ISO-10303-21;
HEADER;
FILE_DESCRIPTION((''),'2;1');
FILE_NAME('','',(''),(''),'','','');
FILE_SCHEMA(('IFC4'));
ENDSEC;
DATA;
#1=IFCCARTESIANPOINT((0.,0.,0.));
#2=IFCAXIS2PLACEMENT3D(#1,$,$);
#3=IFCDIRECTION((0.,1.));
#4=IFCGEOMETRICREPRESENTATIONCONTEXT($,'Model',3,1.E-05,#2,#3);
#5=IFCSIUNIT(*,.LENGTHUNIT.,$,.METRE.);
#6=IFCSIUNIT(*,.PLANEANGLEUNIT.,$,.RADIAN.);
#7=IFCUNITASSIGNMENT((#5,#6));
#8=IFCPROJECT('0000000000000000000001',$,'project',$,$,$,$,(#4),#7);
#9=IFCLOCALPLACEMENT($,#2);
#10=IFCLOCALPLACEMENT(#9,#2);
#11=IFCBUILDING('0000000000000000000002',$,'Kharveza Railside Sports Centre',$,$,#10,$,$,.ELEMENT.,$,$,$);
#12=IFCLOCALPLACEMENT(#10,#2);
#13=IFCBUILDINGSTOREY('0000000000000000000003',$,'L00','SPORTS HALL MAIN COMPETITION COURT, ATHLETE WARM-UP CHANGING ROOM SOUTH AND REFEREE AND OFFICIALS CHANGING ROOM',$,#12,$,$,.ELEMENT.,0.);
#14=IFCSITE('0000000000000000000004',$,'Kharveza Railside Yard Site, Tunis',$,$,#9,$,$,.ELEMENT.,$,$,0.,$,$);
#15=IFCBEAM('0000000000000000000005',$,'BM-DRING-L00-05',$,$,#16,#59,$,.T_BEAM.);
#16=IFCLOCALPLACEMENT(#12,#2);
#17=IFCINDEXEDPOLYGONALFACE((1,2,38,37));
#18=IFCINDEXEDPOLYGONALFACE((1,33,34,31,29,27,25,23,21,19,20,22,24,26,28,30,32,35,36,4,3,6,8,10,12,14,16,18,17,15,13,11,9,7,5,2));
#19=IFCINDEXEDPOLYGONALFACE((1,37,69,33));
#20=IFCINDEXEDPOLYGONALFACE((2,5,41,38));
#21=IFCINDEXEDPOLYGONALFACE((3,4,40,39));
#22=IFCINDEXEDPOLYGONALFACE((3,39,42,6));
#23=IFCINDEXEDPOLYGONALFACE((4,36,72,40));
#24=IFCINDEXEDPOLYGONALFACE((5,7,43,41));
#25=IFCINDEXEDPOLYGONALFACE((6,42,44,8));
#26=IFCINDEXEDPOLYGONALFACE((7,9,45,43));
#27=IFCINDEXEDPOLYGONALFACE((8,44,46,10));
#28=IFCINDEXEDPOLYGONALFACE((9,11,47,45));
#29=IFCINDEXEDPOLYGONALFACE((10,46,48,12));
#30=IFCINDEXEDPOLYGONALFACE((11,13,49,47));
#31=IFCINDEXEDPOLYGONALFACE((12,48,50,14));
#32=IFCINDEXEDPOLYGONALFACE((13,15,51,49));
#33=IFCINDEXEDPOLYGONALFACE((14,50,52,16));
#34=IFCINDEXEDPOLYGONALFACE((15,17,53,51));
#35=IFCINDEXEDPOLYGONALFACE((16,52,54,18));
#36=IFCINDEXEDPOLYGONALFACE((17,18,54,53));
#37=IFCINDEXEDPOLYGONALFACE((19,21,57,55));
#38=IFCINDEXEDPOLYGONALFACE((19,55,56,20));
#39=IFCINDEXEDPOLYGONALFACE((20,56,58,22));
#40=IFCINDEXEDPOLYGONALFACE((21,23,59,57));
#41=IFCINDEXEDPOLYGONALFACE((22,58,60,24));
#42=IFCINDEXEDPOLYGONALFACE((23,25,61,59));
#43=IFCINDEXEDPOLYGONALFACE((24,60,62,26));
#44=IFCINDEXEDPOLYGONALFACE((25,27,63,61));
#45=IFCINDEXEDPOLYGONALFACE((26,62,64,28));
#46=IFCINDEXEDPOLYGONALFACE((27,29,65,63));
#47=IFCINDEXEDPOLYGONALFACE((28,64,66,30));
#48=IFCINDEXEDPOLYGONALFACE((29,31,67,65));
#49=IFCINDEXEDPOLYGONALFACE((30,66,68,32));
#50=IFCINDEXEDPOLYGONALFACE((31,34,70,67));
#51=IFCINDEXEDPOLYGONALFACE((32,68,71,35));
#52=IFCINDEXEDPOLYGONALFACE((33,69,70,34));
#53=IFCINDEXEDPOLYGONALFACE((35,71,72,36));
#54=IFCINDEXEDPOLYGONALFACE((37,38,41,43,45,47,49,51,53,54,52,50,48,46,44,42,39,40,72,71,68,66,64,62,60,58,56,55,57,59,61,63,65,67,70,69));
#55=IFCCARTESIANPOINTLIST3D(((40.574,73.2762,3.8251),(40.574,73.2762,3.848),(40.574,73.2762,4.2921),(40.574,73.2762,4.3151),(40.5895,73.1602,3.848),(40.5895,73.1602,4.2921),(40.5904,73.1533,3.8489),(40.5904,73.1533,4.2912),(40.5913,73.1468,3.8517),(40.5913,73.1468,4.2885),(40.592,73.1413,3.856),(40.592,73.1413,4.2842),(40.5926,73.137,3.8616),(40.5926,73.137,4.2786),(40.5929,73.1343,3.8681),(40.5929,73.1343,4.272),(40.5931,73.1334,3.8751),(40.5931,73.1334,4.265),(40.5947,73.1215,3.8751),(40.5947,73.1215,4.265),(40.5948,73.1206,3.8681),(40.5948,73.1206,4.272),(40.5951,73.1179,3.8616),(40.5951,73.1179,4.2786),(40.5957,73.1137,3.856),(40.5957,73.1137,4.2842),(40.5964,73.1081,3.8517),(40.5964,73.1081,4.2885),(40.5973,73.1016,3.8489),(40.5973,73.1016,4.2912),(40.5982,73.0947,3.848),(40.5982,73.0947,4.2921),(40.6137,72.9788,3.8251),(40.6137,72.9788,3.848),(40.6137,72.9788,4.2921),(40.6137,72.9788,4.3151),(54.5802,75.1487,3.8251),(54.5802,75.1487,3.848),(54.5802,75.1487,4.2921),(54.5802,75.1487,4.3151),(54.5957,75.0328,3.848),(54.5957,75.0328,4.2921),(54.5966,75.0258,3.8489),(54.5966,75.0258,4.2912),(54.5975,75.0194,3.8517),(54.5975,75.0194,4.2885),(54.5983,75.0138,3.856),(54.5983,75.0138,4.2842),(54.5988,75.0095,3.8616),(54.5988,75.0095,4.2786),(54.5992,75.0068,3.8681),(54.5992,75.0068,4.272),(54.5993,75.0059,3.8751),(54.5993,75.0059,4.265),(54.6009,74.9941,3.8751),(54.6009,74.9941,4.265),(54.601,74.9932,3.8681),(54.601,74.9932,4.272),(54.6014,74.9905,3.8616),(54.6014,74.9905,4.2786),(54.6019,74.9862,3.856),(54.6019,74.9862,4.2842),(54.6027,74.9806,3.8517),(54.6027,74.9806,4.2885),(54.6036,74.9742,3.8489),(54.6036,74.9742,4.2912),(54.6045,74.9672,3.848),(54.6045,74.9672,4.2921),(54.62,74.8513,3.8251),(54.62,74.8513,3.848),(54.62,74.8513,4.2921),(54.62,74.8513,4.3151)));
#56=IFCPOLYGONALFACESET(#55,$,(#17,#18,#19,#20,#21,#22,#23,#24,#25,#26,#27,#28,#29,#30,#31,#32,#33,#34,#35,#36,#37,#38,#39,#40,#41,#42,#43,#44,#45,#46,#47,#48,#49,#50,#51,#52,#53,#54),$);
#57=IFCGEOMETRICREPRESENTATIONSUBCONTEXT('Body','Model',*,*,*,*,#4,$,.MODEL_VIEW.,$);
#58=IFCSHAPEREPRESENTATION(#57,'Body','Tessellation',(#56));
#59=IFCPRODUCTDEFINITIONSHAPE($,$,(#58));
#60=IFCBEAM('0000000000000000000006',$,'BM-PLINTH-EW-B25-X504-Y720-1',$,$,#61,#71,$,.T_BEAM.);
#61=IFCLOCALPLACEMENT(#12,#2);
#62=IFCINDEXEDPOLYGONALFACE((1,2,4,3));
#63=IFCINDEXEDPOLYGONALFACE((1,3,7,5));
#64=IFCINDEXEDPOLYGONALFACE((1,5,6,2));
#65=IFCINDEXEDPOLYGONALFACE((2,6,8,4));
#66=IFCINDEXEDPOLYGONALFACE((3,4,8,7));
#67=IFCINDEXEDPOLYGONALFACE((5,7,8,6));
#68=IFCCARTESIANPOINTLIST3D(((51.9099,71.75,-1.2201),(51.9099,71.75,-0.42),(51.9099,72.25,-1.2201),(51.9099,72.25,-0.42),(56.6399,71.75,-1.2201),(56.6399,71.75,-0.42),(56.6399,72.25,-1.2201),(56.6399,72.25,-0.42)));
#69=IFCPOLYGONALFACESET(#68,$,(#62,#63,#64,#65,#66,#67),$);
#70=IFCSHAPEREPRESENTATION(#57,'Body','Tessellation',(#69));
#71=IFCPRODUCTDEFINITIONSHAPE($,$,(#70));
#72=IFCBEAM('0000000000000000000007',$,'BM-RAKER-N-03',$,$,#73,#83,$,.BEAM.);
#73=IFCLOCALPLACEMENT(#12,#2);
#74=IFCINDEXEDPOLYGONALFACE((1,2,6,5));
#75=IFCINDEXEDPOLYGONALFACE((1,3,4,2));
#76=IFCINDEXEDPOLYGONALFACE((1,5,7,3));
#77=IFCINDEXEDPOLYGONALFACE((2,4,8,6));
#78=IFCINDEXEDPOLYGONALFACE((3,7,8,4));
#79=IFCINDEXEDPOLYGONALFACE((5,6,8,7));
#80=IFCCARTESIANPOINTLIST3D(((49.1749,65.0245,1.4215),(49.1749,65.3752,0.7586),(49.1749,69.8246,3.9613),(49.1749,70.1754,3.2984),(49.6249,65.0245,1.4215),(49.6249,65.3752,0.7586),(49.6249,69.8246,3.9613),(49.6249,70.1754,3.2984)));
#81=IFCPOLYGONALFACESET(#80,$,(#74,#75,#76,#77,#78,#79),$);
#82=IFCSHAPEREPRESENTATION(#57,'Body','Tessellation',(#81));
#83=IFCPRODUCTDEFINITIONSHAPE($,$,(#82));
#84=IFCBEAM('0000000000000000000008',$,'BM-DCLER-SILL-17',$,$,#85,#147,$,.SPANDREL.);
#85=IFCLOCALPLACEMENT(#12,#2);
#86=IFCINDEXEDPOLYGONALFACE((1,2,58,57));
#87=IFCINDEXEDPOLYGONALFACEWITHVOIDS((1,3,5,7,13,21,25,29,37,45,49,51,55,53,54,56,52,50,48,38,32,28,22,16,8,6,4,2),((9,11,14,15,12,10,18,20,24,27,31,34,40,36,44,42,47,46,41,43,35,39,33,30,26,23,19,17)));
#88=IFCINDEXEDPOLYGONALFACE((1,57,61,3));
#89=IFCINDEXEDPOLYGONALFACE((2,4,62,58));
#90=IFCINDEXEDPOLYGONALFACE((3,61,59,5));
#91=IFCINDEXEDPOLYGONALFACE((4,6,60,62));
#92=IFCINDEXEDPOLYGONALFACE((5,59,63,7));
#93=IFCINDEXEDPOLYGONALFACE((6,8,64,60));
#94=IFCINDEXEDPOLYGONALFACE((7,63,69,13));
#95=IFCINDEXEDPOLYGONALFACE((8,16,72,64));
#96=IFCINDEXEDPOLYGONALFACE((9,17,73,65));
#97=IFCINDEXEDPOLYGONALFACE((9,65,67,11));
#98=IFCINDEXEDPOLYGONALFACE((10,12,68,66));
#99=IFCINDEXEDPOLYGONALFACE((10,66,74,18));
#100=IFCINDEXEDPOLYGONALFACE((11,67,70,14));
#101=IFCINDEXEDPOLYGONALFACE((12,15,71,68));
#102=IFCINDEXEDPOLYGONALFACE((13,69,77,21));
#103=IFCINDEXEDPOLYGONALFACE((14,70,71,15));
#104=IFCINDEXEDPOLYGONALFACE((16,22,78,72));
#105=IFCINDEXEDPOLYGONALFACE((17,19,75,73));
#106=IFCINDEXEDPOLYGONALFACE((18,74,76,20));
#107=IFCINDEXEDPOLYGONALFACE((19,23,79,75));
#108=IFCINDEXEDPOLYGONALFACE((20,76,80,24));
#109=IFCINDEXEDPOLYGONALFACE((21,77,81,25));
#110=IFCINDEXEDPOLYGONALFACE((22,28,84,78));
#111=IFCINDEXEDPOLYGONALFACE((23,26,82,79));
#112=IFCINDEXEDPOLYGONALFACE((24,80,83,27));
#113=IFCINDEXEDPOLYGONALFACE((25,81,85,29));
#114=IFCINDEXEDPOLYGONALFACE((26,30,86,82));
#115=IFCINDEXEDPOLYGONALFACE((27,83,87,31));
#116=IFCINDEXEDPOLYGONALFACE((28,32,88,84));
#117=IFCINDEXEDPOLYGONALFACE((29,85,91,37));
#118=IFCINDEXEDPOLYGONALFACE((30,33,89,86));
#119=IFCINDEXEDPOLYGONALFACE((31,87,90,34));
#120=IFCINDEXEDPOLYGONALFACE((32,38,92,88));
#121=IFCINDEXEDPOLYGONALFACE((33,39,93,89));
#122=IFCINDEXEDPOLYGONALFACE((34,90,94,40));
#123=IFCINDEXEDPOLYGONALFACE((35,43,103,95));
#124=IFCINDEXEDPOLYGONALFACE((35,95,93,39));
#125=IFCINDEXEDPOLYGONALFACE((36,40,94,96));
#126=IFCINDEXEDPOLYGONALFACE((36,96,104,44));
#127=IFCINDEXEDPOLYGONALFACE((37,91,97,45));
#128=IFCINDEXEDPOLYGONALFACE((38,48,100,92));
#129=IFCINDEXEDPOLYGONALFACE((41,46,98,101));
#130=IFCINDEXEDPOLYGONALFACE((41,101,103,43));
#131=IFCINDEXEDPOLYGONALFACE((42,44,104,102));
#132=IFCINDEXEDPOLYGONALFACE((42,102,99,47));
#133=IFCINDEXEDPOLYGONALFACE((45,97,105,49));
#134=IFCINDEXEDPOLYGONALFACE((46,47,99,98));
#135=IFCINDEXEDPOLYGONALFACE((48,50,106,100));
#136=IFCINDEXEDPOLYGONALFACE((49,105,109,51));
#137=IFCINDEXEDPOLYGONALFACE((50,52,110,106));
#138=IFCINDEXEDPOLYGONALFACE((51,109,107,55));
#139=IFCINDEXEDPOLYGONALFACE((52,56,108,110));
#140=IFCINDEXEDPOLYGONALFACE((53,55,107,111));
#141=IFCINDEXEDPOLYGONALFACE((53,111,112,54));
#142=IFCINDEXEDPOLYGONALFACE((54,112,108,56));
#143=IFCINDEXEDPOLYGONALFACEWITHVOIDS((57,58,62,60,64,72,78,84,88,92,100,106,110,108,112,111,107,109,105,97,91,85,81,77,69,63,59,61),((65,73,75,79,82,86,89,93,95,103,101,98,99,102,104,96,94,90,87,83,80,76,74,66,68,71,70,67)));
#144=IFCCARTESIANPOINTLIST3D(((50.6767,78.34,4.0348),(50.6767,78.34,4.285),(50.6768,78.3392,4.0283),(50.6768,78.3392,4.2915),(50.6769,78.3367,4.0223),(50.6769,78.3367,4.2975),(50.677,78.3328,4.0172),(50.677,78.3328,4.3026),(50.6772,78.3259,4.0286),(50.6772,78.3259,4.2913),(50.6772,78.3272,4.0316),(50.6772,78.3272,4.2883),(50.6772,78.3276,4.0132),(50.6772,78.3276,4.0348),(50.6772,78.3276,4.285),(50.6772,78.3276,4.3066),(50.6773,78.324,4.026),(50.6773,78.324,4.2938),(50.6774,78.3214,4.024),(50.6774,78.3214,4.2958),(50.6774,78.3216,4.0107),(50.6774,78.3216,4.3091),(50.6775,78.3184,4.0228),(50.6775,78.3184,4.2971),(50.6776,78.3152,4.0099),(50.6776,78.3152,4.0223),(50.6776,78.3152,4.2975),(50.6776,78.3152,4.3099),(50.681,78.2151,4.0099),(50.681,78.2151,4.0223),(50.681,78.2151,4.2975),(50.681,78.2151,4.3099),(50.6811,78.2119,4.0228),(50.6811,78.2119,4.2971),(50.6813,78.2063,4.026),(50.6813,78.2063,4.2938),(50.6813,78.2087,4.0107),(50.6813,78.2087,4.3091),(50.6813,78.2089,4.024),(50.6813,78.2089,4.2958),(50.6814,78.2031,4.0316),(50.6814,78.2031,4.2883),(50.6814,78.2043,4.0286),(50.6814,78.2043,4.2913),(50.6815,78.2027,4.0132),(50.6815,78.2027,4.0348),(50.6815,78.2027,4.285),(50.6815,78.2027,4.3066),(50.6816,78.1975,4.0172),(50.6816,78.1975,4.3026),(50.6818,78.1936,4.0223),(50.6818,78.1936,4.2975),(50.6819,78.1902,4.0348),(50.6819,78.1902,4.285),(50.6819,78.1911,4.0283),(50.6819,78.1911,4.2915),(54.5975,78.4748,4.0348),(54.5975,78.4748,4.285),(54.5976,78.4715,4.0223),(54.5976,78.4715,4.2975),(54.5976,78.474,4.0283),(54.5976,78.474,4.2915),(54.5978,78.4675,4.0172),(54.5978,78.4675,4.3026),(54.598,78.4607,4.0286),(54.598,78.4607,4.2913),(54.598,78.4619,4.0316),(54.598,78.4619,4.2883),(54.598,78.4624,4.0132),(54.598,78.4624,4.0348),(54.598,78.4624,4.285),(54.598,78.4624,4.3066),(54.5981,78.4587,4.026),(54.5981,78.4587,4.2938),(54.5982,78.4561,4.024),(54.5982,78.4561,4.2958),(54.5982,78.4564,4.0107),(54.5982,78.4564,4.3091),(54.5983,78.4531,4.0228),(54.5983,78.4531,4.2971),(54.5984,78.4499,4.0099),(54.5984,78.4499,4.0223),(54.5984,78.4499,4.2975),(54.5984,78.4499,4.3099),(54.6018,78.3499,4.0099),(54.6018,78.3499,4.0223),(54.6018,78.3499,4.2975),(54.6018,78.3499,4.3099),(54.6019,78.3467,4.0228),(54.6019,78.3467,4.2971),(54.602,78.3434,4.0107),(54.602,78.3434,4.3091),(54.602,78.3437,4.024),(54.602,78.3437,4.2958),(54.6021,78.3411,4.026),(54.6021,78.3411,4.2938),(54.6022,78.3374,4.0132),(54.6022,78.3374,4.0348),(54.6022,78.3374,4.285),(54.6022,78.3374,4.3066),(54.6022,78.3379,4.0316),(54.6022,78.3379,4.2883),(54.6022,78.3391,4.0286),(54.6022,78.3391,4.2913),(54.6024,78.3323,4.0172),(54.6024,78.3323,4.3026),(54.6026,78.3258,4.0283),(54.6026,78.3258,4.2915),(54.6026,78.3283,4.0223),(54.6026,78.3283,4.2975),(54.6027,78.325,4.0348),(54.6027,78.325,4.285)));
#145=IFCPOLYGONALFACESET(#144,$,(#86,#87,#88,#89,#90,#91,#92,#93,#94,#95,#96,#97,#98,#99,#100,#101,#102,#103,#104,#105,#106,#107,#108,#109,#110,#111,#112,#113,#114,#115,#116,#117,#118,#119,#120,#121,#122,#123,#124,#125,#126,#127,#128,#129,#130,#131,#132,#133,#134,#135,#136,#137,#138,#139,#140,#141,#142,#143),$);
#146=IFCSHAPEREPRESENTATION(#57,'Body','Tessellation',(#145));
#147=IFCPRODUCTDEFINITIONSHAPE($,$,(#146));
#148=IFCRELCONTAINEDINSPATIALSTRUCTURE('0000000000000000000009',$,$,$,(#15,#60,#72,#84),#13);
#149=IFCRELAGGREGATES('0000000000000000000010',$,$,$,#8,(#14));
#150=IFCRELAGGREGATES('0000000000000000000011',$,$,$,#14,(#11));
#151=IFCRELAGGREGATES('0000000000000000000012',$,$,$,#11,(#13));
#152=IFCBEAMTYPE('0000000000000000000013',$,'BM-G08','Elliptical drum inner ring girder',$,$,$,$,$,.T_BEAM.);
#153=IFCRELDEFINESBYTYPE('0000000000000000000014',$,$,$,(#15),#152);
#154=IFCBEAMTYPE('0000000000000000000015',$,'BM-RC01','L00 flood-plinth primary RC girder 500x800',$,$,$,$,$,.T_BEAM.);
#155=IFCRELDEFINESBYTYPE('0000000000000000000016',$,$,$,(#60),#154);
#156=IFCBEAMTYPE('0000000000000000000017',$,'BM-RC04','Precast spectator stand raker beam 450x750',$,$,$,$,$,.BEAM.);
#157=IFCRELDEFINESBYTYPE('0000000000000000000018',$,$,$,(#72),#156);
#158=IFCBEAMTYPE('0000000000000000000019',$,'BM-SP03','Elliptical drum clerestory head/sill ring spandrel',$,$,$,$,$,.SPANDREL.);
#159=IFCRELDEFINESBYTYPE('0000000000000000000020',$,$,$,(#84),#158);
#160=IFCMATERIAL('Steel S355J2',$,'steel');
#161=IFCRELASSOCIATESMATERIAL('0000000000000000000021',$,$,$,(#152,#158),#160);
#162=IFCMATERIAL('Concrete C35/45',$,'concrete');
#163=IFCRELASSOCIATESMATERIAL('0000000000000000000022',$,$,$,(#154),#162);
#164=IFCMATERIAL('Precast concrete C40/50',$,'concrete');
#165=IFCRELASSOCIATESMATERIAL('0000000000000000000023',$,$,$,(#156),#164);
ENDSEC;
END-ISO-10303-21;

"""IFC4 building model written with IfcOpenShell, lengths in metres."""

from ifc_helpers import new_model, si_unit, direction, frame, origin, origin_2d, place, context, subcontext, project, spatial, rectangle, hollow_rectangle, i_section, extrude, material, material_profile, profile_set, type_object, element, save


model = new_model("IFC4")

# Units and contexts
model_context = context("Model", 3, precision=1e-05, world=origin(), true_north=direction((0.0, 1.0)))
body_context = subcontext(model_context, "Body", "Model", "MODEL_VIEW")
ifc_project = project(units=[si_unit("LENGTHUNIT", "METRE"), si_unit("PLANEANGLEUNIT", "RADIAN")], contexts=[model_context])

# Site, building, storey
site_placement = place(None, origin())
site = spatial("IfcSite", under=ifc_project, at=site_placement, Name="Kharveza Railside Yard Site, Tunis", CompositionType="ELEMENT", RefElevation=0.0)
building_placement = place(site_placement, origin())
building = spatial("IfcBuilding", under=site, at=building_placement, Name="Kharveza Railside Sports Centre", CompositionType="ELEMENT")
storey_placement = place(building_placement, origin())
storey = spatial("IfcBuildingStorey", under=building, at=storey_placement, Name="L00", Description="SPORTS HALL MAIN COMPETITION COURT, ATHLETE WARM-UP CHANGING ROOM SOUTH AND REFEREE AND OFFICIALS CHANGING ROOM", CompositionType="ELEMENT", Elevation=0.0)

# Shared definitions
ifc_material_1 = material(Name="Concrete C35/45", Category="concrete")

# Shared definitions
ifc_material_2 = material(Name="Steel S355J2", Category="steel")

# Beams
ifc_material_profile_1 = material_profile(ifc_material_2, i_section(OverallWidth=0.3, OverallDepth=0.49, WebThickness=0.012, FlangeThickness=0.0229, FilletRadius=0.0271, at=origin_2d()), Name="HEA 500")
ifc_profile_set_1 = profile_set([ifc_material_profile_1], Name="Steel S355J2")
beam_type_1 = type_object("IfcBeamType", Name="BM-G08", Description="Elliptical drum inner ring girder", PredefinedType="T_BEAM", material=ifc_profile_set_1)
beam_1_placement = place(storey_placement, frame((54.6001, 75.0, 4.0701), z_axis=(-0.991181, -0.132515, 0.0), x_axis=(0.132515, -0.991181, 0.0)))
element("IfcBeam", 1, at=beam_1_placement, inside=storey, type_object=beam_type_1, Name="BM-DRING-L00-05", PredefinedType="T_BEAM", context=body_context, shape_type="SweptSolid", body=[
    extrude(i_section(OverallWidth=0.3, OverallDepth=0.49, WebThickness=0.012, FlangeThickness=0.0229, FilletRadius=0.0271, at=origin_2d()), origin(), (0.0, 0.0, 1.0), 14.1309),
])
ifc_material_profile_2 = material_profile(ifc_material_1, rectangle(XDim=0.5, YDim=0.8, at=origin_2d()), Name="RCB 500x800")
ifc_profile_set_2 = profile_set([ifc_material_profile_2], Name="Concrete C35/45")
beam_type_2 = type_object("IfcBeamType", Name="BM-RC01", Description="L00 flood-plinth primary RC girder 500x800", PredefinedType="T_BEAM", material=ifc_profile_set_2)
beam_2_placement = place(storey_placement, frame((51.9099, 72.0, -0.8201), z_axis=(1.0, 0.0, 0.0), x_axis=(0.0, 1.0, 0.0)))
element("IfcBeam", 2, at=beam_2_placement, inside=storey, type_object=beam_type_2, Name="BM-PLINTH-EW-B25-X504-Y720-1", PredefinedType="T_BEAM", context=body_context, shape_type="SweptSolid", body=[
    extrude(rectangle(XDim=0.5, YDim=0.8, at=origin_2d()), origin(), (0.0, 0.0, 1.0), 4.73),
])
ifc_material_3 = material(Name="Precast concrete C40/50", Category="concrete")
ifc_material_profile_3 = material_profile(ifc_material_3, rectangle(XDim=0.45, YDim=0.75, at=origin_2d()), Name="RCB 450x750")
ifc_profile_set_3 = profile_set([ifc_material_profile_3], Name="Precast concrete C40/50")
beam_type_3 = type_object("IfcBeamType", Name="BM-RC04", Description="Precast spectator stand raker beam 450x750", PredefinedType="BEAM", material=ifc_profile_set_3)
beam_3_placement = place(storey_placement, frame((49.3999, 70.0, 3.6299), z_axis=(0.0, -0.883895, -0.467685), x_axis=(1.0, 0.0, 0.0)))
element("IfcBeam", 3, at=beam_3_placement, inside=storey, type_object=beam_type_3, Name="BM-RAKER-N-03", PredefinedType="BEAM", context=body_context, shape_type="SweptSolid", body=[
    extrude(rectangle(XDim=0.45, YDim=0.75, at=origin_2d()), origin(), (0.0, 0.0, 1.0), 5.4307),
])
ifc_material_profile_4 = material_profile(ifc_material_2, hollow_rectangle(XDim=0.1499, YDim=0.3, WallThickness=0.0125, InnerFilletRadius=0.0125, OuterFilletRadius=0.0249, at=origin_2d()), Name="RHS 150x300x12.5")
ifc_profile_set_4 = profile_set([ifc_material_profile_4], Name="Steel S355J2")
beam_type_4 = type_object("IfcBeamType", Name="BM-SP03", Description="Elliptical drum clerestory head/sill ring spandrel", PredefinedType="SPANDREL", material=ifc_profile_set_4)
beam_4_placement = place(storey_placement, frame((54.6001, 78.3999, 4.1599), z_axis=(-0.99941, -0.034351, 0.0), x_axis=(0.034351, -0.99941, 0.0)))
element("IfcBeam", 4, at=beam_4_placement, inside=storey, type_object=beam_type_4, Name="BM-DCLER-SILL-17", PredefinedType="SPANDREL", context=body_context, shape_type="SweptSolid", body=[
    extrude(hollow_rectangle(XDim=0.1499, YDim=0.3, WallThickness=0.0125, InnerFilletRadius=0.0125, OuterFilletRadius=0.0249, at=origin_2d()), origin(), (0.0, 0.0, 1.0), 3.9231),
])

save(model, "model.ifc")
